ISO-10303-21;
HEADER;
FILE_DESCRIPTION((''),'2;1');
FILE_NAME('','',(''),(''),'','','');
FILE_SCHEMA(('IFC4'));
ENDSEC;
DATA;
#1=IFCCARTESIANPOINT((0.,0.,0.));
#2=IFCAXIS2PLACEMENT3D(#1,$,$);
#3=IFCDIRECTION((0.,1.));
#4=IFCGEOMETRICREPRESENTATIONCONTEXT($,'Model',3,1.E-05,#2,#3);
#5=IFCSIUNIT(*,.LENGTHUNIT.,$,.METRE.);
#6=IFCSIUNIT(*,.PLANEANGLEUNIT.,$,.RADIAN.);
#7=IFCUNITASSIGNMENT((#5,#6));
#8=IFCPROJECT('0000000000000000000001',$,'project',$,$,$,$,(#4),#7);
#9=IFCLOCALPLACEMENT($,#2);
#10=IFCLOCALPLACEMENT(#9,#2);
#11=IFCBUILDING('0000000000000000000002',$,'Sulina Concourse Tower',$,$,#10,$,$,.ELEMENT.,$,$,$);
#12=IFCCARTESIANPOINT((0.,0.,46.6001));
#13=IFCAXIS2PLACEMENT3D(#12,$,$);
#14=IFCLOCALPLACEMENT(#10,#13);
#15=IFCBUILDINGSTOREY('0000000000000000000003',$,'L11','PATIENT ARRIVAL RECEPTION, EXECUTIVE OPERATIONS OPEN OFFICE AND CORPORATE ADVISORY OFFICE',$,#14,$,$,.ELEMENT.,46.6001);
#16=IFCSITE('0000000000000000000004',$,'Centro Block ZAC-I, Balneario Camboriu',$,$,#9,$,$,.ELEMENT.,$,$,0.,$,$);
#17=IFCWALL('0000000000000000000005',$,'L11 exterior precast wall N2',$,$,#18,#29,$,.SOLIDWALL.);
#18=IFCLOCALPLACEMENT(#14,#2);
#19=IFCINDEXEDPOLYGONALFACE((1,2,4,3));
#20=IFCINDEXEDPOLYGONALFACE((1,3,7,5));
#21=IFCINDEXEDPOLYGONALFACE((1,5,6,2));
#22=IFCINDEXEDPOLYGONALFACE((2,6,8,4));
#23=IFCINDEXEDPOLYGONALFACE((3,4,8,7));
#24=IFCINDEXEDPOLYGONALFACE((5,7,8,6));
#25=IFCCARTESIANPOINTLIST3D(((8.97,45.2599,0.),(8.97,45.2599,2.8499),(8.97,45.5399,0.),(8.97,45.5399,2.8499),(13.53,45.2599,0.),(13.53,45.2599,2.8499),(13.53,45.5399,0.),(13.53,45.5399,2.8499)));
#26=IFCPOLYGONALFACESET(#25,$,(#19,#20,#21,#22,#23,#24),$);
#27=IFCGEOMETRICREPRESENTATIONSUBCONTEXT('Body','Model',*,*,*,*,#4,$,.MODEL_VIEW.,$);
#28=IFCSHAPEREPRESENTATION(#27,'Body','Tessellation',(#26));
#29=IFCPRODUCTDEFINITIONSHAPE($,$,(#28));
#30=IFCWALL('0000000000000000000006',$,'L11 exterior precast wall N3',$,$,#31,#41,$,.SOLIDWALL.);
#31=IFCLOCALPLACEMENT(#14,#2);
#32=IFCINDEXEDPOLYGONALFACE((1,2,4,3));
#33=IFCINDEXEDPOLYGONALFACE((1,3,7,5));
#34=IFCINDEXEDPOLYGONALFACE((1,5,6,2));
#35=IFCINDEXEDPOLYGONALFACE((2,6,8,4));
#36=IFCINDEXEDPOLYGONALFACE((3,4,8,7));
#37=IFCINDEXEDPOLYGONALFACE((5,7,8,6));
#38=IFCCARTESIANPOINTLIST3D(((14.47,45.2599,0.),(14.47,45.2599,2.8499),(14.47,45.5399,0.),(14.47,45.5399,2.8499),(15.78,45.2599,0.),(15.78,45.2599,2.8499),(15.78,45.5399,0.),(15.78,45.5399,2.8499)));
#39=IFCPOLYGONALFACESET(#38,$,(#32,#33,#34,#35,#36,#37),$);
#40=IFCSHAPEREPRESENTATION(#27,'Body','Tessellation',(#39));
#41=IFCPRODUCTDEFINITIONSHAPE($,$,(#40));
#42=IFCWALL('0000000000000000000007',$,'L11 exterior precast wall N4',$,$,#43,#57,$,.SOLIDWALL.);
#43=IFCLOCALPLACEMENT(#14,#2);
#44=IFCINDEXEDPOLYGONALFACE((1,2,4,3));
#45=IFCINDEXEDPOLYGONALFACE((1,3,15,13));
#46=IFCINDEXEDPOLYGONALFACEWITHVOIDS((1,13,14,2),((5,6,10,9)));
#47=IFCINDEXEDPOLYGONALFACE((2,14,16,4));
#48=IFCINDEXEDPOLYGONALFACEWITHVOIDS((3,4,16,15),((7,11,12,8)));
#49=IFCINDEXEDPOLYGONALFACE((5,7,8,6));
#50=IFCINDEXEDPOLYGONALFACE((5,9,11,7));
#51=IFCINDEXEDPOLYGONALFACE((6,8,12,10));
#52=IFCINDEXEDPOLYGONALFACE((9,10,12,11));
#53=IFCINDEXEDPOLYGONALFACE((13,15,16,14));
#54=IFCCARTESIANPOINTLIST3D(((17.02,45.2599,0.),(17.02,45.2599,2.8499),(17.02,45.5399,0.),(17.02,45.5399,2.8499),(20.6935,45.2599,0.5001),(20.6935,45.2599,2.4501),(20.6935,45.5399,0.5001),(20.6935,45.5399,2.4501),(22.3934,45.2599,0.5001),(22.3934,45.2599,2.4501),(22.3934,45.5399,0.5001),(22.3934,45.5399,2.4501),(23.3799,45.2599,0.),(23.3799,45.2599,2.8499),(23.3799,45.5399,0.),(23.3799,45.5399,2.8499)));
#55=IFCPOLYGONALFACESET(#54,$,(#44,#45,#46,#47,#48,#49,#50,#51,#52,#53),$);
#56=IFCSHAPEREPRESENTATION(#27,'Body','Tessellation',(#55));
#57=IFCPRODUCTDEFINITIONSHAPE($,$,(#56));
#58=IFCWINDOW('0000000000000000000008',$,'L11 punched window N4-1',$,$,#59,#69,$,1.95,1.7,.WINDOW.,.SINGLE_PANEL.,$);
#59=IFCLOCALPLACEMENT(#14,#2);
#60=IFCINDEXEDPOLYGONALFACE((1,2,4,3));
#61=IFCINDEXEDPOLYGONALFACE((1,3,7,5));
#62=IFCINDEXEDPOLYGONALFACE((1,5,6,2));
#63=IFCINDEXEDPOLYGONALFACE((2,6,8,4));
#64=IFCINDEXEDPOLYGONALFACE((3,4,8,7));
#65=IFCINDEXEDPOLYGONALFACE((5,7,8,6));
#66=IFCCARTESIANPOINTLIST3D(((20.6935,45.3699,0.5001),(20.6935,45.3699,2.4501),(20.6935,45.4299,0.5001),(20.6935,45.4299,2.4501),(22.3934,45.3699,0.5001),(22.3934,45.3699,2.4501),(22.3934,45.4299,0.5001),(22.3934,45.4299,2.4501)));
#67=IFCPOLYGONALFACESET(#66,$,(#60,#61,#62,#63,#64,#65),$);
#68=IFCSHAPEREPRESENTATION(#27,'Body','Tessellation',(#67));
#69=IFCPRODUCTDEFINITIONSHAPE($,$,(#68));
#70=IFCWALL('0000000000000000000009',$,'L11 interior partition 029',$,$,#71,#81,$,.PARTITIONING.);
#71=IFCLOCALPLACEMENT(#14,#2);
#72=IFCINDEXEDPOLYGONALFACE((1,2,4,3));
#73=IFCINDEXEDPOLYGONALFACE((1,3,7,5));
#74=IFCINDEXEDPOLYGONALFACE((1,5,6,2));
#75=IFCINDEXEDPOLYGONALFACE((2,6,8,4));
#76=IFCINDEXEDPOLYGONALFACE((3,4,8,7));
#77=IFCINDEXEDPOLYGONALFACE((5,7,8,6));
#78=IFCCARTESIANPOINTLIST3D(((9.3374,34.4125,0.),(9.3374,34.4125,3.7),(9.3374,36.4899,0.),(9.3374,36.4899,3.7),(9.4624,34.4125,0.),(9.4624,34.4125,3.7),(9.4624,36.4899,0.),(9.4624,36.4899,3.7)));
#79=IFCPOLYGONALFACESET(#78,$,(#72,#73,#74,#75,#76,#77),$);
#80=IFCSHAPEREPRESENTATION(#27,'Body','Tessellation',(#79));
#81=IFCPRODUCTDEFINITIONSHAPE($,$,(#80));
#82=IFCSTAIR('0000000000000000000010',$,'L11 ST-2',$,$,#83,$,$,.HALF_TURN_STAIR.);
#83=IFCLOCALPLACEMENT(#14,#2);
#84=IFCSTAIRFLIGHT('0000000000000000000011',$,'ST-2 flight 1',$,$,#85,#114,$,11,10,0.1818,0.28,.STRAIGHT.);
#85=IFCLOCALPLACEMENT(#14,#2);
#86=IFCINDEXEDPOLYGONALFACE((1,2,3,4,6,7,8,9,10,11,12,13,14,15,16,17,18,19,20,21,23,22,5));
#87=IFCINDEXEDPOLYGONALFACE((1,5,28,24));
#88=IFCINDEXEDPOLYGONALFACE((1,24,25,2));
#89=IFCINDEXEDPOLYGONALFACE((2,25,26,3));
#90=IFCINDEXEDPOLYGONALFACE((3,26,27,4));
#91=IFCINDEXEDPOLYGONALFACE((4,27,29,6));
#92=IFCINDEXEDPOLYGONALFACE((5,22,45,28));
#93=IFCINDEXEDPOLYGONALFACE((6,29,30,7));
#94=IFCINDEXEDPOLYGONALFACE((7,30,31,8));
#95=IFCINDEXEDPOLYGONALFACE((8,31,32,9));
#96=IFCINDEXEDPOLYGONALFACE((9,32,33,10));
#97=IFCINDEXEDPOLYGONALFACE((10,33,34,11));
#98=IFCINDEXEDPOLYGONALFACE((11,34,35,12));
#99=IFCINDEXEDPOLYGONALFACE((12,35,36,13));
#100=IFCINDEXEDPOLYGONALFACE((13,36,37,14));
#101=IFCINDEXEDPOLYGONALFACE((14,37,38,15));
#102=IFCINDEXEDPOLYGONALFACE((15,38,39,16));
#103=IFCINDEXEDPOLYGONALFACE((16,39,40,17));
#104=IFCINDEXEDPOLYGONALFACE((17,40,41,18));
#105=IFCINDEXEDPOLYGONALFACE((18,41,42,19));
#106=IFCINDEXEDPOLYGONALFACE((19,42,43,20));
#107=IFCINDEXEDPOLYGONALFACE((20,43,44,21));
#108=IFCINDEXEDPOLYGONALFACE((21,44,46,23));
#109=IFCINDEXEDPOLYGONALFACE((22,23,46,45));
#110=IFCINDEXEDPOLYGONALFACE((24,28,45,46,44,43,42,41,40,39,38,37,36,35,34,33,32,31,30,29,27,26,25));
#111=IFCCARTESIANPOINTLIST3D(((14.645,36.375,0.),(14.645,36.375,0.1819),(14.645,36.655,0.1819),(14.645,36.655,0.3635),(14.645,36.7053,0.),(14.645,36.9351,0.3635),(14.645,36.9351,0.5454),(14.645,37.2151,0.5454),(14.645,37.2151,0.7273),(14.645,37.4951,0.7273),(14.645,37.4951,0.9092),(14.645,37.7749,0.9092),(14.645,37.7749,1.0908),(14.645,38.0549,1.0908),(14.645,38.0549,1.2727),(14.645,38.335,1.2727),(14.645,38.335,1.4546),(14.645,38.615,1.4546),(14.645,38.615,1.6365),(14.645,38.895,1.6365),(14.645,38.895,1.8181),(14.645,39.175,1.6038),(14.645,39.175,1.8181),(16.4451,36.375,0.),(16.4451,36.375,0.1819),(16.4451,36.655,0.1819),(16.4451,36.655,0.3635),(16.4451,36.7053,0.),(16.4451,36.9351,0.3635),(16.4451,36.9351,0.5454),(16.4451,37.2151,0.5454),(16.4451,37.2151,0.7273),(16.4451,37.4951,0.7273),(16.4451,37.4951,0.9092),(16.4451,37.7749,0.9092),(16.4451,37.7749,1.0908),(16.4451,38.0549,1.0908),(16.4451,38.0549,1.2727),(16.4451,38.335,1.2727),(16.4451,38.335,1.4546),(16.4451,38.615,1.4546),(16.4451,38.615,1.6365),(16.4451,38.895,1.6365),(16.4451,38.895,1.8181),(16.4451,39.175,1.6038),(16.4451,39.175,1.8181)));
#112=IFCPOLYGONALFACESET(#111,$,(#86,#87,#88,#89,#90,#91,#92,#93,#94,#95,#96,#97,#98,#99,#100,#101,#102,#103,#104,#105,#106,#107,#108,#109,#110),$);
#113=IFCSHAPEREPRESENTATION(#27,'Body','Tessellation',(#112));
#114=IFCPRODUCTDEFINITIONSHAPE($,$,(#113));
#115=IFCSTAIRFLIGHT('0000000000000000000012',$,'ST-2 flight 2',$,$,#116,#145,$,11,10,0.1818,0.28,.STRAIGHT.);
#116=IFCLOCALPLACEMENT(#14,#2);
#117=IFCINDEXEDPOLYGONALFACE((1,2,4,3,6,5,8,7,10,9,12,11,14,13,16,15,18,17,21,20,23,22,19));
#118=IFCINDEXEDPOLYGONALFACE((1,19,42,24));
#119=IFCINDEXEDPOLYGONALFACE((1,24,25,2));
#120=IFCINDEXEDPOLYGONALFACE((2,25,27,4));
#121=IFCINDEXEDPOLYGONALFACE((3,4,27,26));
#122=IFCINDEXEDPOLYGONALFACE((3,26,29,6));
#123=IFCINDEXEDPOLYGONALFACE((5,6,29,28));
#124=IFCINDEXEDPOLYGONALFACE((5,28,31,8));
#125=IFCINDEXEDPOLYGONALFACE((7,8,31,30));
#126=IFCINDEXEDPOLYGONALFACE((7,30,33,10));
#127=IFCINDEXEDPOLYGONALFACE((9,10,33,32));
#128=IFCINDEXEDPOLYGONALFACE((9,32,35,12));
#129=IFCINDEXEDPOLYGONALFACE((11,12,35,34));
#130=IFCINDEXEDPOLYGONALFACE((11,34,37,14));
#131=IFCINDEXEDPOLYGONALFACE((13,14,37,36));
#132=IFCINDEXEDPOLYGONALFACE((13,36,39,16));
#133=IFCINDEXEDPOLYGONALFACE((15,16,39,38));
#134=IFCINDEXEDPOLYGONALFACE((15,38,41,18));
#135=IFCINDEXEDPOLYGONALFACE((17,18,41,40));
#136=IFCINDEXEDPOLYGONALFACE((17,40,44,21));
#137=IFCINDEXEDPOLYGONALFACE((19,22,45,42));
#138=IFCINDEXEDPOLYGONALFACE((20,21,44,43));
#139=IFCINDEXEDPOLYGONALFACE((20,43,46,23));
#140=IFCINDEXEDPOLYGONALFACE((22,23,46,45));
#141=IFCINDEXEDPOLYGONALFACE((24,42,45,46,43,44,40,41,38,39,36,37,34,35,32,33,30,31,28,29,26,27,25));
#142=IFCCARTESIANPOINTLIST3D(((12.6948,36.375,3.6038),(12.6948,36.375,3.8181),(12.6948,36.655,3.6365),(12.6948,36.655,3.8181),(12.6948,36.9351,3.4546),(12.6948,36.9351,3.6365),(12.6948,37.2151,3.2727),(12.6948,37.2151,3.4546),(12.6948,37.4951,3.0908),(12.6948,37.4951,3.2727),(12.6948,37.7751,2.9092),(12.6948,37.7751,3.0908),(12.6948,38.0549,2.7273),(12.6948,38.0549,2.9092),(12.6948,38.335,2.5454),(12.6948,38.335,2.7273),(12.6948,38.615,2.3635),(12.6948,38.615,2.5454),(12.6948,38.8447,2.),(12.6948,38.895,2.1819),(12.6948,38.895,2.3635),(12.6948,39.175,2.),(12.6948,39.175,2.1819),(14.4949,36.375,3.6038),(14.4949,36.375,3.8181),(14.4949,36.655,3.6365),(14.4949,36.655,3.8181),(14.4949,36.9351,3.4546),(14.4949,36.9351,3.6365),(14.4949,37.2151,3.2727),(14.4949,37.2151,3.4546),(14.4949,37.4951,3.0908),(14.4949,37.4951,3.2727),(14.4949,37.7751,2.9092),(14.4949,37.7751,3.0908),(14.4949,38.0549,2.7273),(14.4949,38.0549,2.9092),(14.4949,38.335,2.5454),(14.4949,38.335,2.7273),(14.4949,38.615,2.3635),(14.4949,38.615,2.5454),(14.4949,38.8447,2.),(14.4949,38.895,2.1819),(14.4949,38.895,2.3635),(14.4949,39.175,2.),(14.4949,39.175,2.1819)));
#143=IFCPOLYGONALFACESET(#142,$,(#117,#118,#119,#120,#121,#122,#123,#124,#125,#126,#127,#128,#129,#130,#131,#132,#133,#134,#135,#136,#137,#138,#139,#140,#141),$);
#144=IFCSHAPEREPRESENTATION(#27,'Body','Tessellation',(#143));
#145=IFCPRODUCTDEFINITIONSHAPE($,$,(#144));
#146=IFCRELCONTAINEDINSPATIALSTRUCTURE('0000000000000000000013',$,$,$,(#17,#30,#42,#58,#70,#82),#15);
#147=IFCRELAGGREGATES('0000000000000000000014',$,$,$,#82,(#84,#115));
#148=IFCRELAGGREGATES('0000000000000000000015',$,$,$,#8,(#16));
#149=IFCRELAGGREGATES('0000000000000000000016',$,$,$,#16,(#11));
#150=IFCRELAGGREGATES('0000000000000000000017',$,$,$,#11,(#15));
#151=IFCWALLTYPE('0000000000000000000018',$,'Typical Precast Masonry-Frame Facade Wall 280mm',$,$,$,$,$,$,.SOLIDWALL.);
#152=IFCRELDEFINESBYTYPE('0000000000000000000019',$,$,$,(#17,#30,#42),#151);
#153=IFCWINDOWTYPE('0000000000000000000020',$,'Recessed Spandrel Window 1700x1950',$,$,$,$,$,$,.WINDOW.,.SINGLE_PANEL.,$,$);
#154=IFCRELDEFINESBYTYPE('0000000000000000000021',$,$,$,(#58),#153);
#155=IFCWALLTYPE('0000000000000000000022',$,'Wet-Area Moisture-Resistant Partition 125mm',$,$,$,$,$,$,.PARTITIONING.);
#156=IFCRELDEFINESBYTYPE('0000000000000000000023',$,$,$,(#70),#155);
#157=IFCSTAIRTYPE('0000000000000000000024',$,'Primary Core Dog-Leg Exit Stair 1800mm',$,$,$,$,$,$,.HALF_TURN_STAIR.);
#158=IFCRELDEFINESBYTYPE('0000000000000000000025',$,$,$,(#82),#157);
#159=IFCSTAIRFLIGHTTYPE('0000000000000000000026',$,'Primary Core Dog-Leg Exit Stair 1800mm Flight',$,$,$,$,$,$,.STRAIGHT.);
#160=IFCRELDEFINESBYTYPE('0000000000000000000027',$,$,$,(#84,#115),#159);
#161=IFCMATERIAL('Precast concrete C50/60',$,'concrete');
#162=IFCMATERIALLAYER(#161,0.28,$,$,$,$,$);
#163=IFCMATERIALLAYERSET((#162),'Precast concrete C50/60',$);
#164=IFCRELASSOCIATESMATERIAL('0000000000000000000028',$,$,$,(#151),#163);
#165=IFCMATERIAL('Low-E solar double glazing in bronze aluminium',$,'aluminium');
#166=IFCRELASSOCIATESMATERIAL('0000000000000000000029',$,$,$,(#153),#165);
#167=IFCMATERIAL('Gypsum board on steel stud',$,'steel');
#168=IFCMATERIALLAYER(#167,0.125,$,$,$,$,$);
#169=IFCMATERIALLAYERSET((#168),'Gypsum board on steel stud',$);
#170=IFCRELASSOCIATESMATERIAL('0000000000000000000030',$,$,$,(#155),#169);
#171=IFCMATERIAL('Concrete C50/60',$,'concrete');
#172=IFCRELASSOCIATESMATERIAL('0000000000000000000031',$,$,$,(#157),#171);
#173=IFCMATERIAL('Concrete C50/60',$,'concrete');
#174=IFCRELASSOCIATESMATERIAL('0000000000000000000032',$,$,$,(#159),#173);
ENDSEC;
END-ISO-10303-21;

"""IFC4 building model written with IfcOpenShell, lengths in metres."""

from ifc_helpers import new_model, si_unit, direction, frame, frame_2d, origin, place, context, subcontext, project, spatial, polyline, rectangle, outline, extrude, material, layer, layer_set, type_object, element, fill, aggregate, save


model = new_model("IFC4")

# Units and contexts
model_context = context("Model", 3, precision=1e-05, world=origin(), true_north=direction((0.0, 1.0)))
body_context = subcontext(model_context, "Body", "Model", "MODEL_VIEW")
ifc_project = project(units=[si_unit("LENGTHUNIT", "METRE"), si_unit("PLANEANGLEUNIT", "RADIAN")], contexts=[model_context])

# Site, building, storey
site_placement = place(None, origin())
site = spatial("IfcSite", under=ifc_project, at=site_placement, Name="Centro Block ZAC-I, Balneario Camboriu", CompositionType="ELEMENT", RefElevation=0.0)
building_placement = place(site_placement, origin())
building = spatial("IfcBuilding", under=site, at=building_placement, Name="Sulina Concourse Tower", CompositionType="ELEMENT")
storey_placement = place(building_placement, frame((0.0, 0.0, 46.6001)))
storey = spatial("IfcBuildingStorey", under=building, at=storey_placement, Name="L11", Description="PATIENT ARRIVAL RECEPTION, EXECUTIVE OPERATIONS OPEN OFFICE AND CORPORATE ADVISORY OFFICE", CompositionType="ELEMENT", Elevation=46.6001)

# Walls
ifc_material_1 = material(Name="Precast concrete C50/60", Category="concrete")
ifc_layer_1 = layer(ifc_material_1, 0.28)
ifc_layer_set_1 = layer_set([ifc_layer_1], Name="Precast concrete C50/60")
wall_type_1 = type_object("IfcWallType", Name="Typical Precast Masonry-Frame Facade Wall 280mm", PredefinedType="SOLIDWALL", material=ifc_layer_set_1)
wall_1_placement = place(storey_placement, frame((8.97, 45.3999, 0.0), z_axis=(0.0, 0.0, 1.0), x_axis=(1.0, 0.0, 0.0)))
element("IfcWall", 1, at=wall_1_placement, inside=storey, type_object=wall_type_1, Name="L11 exterior precast wall N2", PredefinedType="SOLIDWALL", context=body_context, shape_type="SweptSolid", body=[
    extrude(rectangle(XDim=4.5601, YDim=0.28, at=frame_2d((2.28, 0.0))), origin(), (0.0, 0.0, 1.0), 2.8499),
])
wall_2_placement = place(storey_placement, frame((14.47, 45.3999, 0.0), z_axis=(0.0, 0.0, 1.0), x_axis=(1.0, 0.0, 0.0)))
element("IfcWall", 2, at=wall_2_placement, inside=storey, type_object=wall_type_1, Name="L11 exterior precast wall N3", PredefinedType="SOLIDWALL", context=body_context, shape_type="SweptSolid", body=[
    extrude(rectangle(XDim=1.3101, YDim=0.28, at=frame_2d((0.655, 0.0))), origin(), (0.0, 0.0, 1.0), 2.8499),
])

# Wall, opening, window
wall_3_placement = place(storey_placement, frame((17.02, 45.3999, 0.0), z_axis=(0.0, 0.0, 1.0), x_axis=(1.0, 0.0, 0.0)))
wall_3 = element("IfcWall", 3, at=wall_3_placement, inside=storey, type_object=wall_type_1, Name="L11 exterior precast wall N4", PredefinedType="SOLIDWALL", context=body_context, shape_type="SweptSolid", body=[
    extrude(rectangle(XDim=6.3599, YDim=0.28, at=frame_2d((3.1799, 0.0))), origin(), (0.0, 0.0, 1.0), 2.8499),
])
opening_1_placement = place(wall_3_placement, frame((3.6733, 0.0, 0.5)))
opening_1 = element("IfcOpeningElement", 4, at=opening_1_placement, cuts=wall_3, PredefinedType="OPENING", context=body_context, shape_type="SweptSolid", body=[
    extrude(rectangle(XDim=1.7, YDim=1.95, at=frame_2d((0.8501, 0.9751))), frame((0.0, 0.1499, 0.0), z_axis=(0.0, -1.0, 0.0), x_axis=(1.0, 0.0, 0.0)), (0.0, 0.0, 1.0), 0.3),
])
ifc_material_2 = material(Name="Low-E solar double glazing in bronze aluminium", Category="aluminium")
window_type = type_object("IfcWindowType", Name="Recessed Spandrel Window 1700x1950", PartitioningType="SINGLE_PANEL", PredefinedType="WINDOW", material=ifc_material_2)
window_placement = place(opening_1_placement, origin())
window = element("IfcWindow", 5, at=window_placement, inside=storey, type_object=window_type, Name="L11 punched window N4-1", OverallHeight=1.95, OverallWidth=1.7, PartitioningType="SINGLE_PANEL", PredefinedType="WINDOW", context=body_context, shape_type="SweptSolid", body=[
    extrude(rectangle(XDim=1.7, YDim=1.95, at=frame_2d((0.8501, 0.9751))), frame((0.0, 0.03, 0.0), z_axis=(0.0, -1.0, 0.0), x_axis=(1.0, 0.0, 0.0)), (0.0, 0.0, 1.0), 0.0601),
])
fill(opening_1, window)

# Wall
ifc_material_3 = material(Name="Gypsum board on steel stud", Category="steel")
ifc_layer_2 = layer(ifc_material_3, 0.125)
ifc_layer_set_2 = layer_set([ifc_layer_2], Name="Gypsum board on steel stud")
wall_type_2 = type_object("IfcWallType", Name="Wet-Area Moisture-Resistant Partition 125mm", PredefinedType="PARTITIONING", material=ifc_layer_set_2)
wall_4_placement = place(storey_placement, frame((9.3999, 34.4126, 0.0), z_axis=(0.0, 0.0, 1.0), x_axis=(0.0, 1.0, 0.0)))
element("IfcWall", 6, at=wall_4_placement, inside=storey, type_object=wall_type_2, Name="L11 interior partition 029", PredefinedType="PARTITIONING", context=body_context, shape_type="SweptSolid", body=[
    extrude(rectangle(XDim=2.0774, YDim=0.125, at=frame_2d((1.0386, 0.0))), origin(), (0.0, 0.0, 1.0), 3.7),
])

# Stair, stair flights
ifc_material_4 = material(Name="Concrete C50/60", Category="concrete")
stair_type = type_object("IfcStairType", Name="Primary Core Dog-Leg Exit Stair 1800mm", PredefinedType="HALF_TURN_STAIR", material=ifc_material_4)
stair_placement = place(storey_placement, origin())
stair = element("IfcStair", 7, at=stair_placement, inside=storey, type_object=stair_type, Name="L11 ST-2", PredefinedType="HALF_TURN_STAIR")
ifc_material_5 = material(Name="Concrete C50/60", Category="concrete")
stair_flight_type = type_object("IfcStairFlightType", Name="Primary Core Dog-Leg Exit Stair 1800mm Flight", PredefinedType="STRAIGHT", material=ifc_material_5)
stair_flight_1_placement = place(storey_placement, frame((15.5449, 36.375, 0.0), z_axis=(0.0, 0.0, 1.0), x_axis=(0.0, 1.0, 0.0)))
stair_flight_1 = element("IfcStairFlight", 8, at=stair_flight_1_placement, type_object=stair_flight_type, Name="ST-2 flight 1", NumberOfRisers=11, NumberOfTreads=10, PredefinedType="STRAIGHT", RiserHeight=0.1818, TreadLength=0.28, context=body_context, shape_type="SweptSolid", body=[
    extrude(outline(polyline([(0.0, 0.0), (0.0, 0.1819), (0.28, 0.1819), (0.28, 0.3635), (0.5601, 0.3635), (0.5601, 0.5454), (0.8401, 0.5454), (0.8401, 0.7273), (1.1201, 0.7273), (1.1201, 0.9092), (1.3999, 0.9092), (1.3999, 1.0908), (1.6799, 1.0908), (1.6799, 1.2727), (1.96, 1.2727), (1.96, 1.4546), (2.24, 1.4546), (2.24, 1.6365), (2.52, 1.6365), (2.52, 1.8181), (2.8, 1.8181), (2.8, 2.0), (2.8, 1.6038), (0.3303, 0.0), (0.0, 0.0)])), frame((0.0, 0.8999, 0.0), z_axis=(0.0, -1.0, 0.0), x_axis=(1.0, 0.0, 0.0)), (0.0, 0.0, 1.0), 1.8),
])
stair_flight_2_placement = place(storey_placement, frame((13.595, 39.175, 2.0), z_axis=(0.0, 0.0, 1.0), x_axis=(0.0, -1.0, 0.0)))
stair_flight_2 = element("IfcStairFlight", 9, at=stair_flight_2_placement, type_object=stair_flight_type, Name="ST-2 flight 2", NumberOfRisers=11, NumberOfTreads=10, PredefinedType="STRAIGHT", RiserHeight=0.1818, TreadLength=0.28, context=body_context, shape_type="SweptSolid", body=[
    extrude(outline(polyline([(0.0, 0.0), (0.0, 0.1819), (0.28, 0.1819), (0.28, 0.3635), (0.5601, 0.3635), (0.5601, 0.5454), (0.8401, 0.5454), (0.8401, 0.7273), (1.1201, 0.7273), (1.1201, 0.9092), (1.3999, 0.9092), (1.3999, 1.0908), (1.6799, 1.0908), (1.6799, 1.2727), (1.96, 1.2727), (1.96, 1.4546), (2.24, 1.4546), (2.24, 1.6365), (2.52, 1.6365), (2.52, 1.8181), (2.8, 1.8181), (2.8, 2.0), (2.8, 1.6038), (0.3303, 0.0), (0.0, 0.0)])), frame((0.0, 0.8999, 0.0), z_axis=(0.0, -1.0, 0.0), x_axis=(1.0, 0.0, 0.0)), (0.0, 0.0, 1.0), 1.8),
])
aggregate(stair, [stair_flight_1, stair_flight_2])

save(model, "model.ifc")
